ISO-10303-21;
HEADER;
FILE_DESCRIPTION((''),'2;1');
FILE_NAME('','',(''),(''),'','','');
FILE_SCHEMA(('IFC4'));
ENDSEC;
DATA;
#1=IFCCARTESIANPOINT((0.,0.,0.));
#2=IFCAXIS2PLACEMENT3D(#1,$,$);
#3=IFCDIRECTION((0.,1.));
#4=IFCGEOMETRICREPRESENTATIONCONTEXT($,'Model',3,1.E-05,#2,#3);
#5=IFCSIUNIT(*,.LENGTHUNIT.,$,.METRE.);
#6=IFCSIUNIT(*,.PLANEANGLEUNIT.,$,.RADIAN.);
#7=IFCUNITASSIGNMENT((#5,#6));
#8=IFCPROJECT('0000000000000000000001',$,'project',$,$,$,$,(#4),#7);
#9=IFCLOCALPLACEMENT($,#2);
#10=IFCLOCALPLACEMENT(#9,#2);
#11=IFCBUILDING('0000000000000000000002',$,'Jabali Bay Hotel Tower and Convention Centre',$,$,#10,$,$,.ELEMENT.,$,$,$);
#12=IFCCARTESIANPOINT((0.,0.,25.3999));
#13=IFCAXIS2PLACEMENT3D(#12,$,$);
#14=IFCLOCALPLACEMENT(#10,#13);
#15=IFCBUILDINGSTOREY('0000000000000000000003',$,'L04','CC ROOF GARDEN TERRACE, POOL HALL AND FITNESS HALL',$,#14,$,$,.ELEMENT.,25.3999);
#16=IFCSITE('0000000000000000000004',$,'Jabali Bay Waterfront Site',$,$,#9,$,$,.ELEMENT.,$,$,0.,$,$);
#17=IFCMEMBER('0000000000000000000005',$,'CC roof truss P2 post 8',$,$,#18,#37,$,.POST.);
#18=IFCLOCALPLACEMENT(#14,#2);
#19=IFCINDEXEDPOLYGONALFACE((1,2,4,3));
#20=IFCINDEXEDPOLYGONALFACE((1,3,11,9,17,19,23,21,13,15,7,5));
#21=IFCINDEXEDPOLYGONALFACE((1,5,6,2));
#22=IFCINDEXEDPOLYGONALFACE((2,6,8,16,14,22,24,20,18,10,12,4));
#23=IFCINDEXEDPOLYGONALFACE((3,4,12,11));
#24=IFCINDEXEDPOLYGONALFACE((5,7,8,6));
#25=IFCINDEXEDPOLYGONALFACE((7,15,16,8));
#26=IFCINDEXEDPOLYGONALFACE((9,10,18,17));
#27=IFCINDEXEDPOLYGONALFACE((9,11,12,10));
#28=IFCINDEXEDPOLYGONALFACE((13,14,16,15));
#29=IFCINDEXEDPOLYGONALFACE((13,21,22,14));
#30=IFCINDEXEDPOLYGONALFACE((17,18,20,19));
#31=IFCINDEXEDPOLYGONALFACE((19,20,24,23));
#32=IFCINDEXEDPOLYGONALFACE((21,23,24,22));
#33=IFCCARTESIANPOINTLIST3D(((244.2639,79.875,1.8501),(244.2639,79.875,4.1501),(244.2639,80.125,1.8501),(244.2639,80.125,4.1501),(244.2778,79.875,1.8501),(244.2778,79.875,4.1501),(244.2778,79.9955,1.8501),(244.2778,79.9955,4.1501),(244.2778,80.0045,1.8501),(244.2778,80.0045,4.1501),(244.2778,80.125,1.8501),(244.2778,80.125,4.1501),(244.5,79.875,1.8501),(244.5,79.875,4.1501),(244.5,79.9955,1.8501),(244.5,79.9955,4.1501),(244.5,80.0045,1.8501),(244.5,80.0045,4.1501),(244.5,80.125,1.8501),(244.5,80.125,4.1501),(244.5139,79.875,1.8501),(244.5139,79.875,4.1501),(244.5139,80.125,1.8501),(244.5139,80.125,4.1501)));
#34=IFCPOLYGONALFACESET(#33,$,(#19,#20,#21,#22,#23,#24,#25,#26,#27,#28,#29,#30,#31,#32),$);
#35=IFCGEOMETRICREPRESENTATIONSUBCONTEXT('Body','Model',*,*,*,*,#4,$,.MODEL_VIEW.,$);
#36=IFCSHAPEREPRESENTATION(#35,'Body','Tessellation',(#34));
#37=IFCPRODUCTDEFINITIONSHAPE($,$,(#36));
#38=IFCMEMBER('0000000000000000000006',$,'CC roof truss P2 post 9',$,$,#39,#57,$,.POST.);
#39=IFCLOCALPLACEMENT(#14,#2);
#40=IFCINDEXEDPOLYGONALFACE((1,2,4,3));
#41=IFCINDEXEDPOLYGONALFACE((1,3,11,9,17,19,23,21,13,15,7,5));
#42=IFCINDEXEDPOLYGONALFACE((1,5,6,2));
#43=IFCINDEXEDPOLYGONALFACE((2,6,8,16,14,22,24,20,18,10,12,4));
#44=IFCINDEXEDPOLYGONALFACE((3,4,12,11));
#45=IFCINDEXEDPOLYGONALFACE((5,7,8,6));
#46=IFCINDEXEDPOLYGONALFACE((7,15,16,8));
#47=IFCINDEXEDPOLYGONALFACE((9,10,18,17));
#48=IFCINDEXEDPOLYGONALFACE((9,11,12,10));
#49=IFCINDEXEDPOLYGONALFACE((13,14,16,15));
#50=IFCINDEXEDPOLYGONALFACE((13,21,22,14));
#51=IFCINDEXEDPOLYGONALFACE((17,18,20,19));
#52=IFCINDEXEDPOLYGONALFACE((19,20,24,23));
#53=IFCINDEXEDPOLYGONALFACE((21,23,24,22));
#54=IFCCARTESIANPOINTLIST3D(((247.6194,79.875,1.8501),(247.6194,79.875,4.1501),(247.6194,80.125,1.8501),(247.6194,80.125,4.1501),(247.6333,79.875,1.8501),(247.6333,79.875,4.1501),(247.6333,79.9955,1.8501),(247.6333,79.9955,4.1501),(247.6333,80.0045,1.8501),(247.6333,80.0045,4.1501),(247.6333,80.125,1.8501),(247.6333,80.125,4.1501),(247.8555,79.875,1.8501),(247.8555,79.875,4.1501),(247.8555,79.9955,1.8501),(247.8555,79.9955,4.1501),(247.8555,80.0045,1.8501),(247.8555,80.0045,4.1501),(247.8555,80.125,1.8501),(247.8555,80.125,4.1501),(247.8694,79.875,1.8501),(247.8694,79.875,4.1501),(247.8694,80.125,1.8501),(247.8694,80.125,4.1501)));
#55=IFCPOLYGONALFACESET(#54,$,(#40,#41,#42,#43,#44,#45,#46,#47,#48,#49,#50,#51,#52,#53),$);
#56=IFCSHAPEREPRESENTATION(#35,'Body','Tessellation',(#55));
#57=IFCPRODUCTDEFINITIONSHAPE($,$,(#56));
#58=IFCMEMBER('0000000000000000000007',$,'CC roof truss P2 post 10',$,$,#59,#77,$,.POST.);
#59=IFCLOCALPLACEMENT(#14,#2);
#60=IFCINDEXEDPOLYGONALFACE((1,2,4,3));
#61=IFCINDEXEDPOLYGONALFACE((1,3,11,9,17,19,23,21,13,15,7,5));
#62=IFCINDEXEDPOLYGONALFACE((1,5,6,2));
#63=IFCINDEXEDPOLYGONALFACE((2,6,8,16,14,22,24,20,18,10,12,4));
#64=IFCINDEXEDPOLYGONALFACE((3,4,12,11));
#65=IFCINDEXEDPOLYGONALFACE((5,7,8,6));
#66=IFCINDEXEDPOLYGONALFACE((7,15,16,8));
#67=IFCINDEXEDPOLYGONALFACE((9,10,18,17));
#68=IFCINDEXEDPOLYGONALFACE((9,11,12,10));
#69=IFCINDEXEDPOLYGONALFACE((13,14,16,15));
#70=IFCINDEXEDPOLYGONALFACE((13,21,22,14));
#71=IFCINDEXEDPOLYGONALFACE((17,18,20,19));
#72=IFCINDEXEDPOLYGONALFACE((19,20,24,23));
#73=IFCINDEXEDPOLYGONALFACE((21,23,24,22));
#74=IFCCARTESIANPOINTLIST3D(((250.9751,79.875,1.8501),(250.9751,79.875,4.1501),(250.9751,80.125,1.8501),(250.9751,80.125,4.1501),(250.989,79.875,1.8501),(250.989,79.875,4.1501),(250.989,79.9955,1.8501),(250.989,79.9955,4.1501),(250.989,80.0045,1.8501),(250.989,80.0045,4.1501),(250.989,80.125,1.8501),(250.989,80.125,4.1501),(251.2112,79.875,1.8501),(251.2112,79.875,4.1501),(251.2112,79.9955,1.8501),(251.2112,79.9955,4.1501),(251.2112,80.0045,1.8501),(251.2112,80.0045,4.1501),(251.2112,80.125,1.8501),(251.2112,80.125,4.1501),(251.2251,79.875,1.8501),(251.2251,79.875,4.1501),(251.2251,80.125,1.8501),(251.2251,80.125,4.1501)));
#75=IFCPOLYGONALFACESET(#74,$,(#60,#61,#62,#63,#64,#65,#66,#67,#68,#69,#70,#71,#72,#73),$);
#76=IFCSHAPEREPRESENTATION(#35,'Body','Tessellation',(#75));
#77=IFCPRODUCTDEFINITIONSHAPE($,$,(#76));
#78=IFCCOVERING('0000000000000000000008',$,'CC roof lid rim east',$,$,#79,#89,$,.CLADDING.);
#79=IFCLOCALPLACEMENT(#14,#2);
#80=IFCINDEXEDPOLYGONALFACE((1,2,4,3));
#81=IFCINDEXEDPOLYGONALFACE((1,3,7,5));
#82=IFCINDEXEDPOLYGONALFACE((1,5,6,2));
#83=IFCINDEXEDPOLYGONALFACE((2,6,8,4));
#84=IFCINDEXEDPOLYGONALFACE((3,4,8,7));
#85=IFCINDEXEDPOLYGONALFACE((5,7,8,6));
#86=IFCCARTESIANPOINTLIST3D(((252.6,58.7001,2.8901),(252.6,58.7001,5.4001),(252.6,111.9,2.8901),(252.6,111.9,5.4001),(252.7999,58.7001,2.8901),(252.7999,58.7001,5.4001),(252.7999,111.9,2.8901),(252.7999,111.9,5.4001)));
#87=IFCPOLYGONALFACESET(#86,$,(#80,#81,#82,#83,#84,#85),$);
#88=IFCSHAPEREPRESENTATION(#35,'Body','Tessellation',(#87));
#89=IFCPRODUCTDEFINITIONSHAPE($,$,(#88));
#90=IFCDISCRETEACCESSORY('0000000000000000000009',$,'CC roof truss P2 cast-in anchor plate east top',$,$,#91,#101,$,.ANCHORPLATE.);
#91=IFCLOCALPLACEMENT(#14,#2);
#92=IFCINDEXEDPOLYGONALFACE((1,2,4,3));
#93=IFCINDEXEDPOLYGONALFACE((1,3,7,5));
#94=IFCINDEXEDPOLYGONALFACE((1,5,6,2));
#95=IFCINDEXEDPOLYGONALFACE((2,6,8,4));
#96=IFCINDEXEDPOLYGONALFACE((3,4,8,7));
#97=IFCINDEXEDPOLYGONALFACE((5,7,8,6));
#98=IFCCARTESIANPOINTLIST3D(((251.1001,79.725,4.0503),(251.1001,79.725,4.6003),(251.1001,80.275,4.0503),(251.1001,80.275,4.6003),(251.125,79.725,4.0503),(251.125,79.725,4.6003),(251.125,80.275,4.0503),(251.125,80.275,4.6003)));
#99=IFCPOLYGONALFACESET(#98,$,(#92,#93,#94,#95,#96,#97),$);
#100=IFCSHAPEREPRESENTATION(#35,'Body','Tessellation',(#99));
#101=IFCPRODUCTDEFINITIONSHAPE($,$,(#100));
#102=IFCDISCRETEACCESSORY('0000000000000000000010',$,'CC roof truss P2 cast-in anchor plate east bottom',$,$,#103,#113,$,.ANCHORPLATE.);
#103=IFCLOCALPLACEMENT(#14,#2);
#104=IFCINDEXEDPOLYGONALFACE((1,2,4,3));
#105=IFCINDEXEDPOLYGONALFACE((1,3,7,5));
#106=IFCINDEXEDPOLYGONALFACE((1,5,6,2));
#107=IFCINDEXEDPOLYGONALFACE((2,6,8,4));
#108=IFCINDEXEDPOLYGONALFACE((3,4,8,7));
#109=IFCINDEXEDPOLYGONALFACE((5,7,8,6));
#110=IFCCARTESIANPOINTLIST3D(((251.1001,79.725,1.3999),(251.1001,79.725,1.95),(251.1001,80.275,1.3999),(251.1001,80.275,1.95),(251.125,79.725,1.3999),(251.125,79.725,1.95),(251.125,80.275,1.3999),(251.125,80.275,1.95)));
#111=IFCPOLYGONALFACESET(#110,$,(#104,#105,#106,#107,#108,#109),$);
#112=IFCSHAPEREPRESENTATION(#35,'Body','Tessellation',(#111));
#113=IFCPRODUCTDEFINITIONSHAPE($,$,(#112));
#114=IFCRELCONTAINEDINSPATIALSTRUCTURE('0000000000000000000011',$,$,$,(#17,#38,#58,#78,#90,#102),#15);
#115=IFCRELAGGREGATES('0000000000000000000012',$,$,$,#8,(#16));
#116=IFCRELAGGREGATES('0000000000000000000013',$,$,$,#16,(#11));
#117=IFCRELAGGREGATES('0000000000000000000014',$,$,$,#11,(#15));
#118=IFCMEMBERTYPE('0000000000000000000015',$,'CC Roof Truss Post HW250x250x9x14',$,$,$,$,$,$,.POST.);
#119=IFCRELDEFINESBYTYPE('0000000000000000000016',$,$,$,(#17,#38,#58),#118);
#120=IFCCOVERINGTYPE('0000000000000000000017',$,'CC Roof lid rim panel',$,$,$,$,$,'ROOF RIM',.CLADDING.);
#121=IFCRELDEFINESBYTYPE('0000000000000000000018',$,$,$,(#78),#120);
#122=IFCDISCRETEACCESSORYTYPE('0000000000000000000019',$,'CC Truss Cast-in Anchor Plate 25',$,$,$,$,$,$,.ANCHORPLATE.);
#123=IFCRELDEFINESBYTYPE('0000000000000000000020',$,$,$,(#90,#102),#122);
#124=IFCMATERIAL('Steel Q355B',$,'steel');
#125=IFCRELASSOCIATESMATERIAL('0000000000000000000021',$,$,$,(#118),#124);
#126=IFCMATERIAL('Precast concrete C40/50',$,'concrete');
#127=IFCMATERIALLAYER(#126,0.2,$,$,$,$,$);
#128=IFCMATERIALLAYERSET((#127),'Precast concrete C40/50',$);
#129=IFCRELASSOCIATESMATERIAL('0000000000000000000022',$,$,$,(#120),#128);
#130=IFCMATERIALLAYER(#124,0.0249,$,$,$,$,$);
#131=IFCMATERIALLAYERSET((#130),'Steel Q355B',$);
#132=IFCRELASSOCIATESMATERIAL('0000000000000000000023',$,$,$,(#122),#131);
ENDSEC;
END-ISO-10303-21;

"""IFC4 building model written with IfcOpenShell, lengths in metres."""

from ifc_helpers import new_model, si_unit, direction, frame, origin, origin_2d, place, context, subcontext, project, spatial, rectangle, i_section, extrude, material, layer, layer_set, material_profile, profile_set, type_object, element, save


model = new_model("IFC4")

# Units and contexts
model_context = context("Model", 3, precision=1e-05, world=origin(), true_north=direction((0.0, 1.0)))
body_context = subcontext(model_context, "Body", "Model", "MODEL_VIEW")
ifc_project = project(units=[si_unit("LENGTHUNIT", "METRE"), si_unit("PLANEANGLEUNIT", "RADIAN")], contexts=[model_context])

# Site, building, storey
site_placement = place(None, origin())
site = spatial("IfcSite", under=ifc_project, at=site_placement, Name="Jabali Bay Waterfront Site", CompositionType="ELEMENT", RefElevation=0.0)
building_placement = place(site_placement, origin())
building = spatial("IfcBuilding", under=site, at=building_placement, Name="Jabali Bay Hotel Tower and Convention Centre", CompositionType="ELEMENT")
storey_placement = place(building_placement, frame((0.0, 0.0, 25.3999)))
storey = spatial("IfcBuildingStorey", under=building, at=storey_placement, Name="L04", Description="CC ROOF GARDEN TERRACE, POOL HALL AND FITNESS HALL", CompositionType="ELEMENT", Elevation=25.3999)

# Members
ifc_material_1 = material(Name="Steel Q355B", Category="steel")
ifc_material_profile_1 = material_profile(ifc_material_1, i_section(OverallWidth=0.25, OverallDepth=0.25, WebThickness=0.009, FlangeThickness=0.0139, at=origin_2d()), Name="HW250x250x9x14")
ifc_profile_set_1 = profile_set([ifc_material_profile_1], Name="Steel Q355B")
member_type_1 = type_object("IfcMemberType", Name="CC Roof Truss Post HW250x250x9x14", PredefinedType="POST", material=ifc_profile_set_1)
for number, where, z_axis, x_axis, name in (
    (1, (244.3889, 80.0, 1.8501), (0.0, 0.0, 1.0), (0.0, 1.0, 0.0), "CC roof truss P2 post 8"),
    (2, (247.7444, 80.0, 1.8501), (0.0, 0.0, 1.0), (0.0, 1.0, 0.0), "CC roof truss P2 post 9"),
    (3, (251.1001, 80.0, 1.8501), (0.0, 0.0, 1.0), (0.0, 1.0, 0.0), "CC roof truss P2 post 10"),
):
    element("IfcMember", number, at=place(storey_placement, frame(where, z_axis=z_axis, x_axis=x_axis)), inside=storey, type_object=member_type_1, Name=name, PredefinedType="POST", context=body_context, shape_type="SweptSolid", body=[
        extrude(i_section(OverallWidth=0.25, OverallDepth=0.25, WebThickness=0.009, FlangeThickness=0.0139, at=origin_2d()), origin(), (0.0, 0.0, 1.0), 2.3),
    ])

# Covering
ifc_material_2 = material(Name="Precast concrete C40/50", Category="concrete")
ifc_layer_1 = layer(ifc_material_2, 0.2)
ifc_layer_set_1 = layer_set([ifc_layer_1], Name="Precast concrete C40/50")
covering_type = type_object("IfcCoveringType", Name="CC Roof lid rim panel", ElementType="ROOF RIM", PredefinedType="CLADDING", material=ifc_layer_set_1)
covering_placement = place(storey_placement, frame((252.7, 85.3, 2.8901), z_axis=(0.0, 0.0, 1.0), x_axis=(1.0, 0.0, 0.0)))
element("IfcCovering", 4, at=covering_placement, inside=storey, type_object=covering_type, Name="CC roof lid rim east", PredefinedType="CLADDING", context=body_context, shape_type="SweptSolid", body=[
    extrude(rectangle(XDim=0.2, YDim=53.2, at=origin_2d()), origin(), (0.0, 0.0, 1.0), 2.51),
])

# Discrete accessories
ifc_layer_2 = layer(ifc_material_1, 0.0249)
ifc_layer_set_2 = layer_set([ifc_layer_2], Name="Steel Q355B")
discrete_accessory_type = type_object("IfcDiscreteAccessoryType", Name="CC Truss Cast-in Anchor Plate 25", PredefinedType="ANCHORPLATE", material=ifc_layer_set_2)
for number, where, z_axis, x_axis, name in (
    (5, (251.1125, 80.0, 4.0503), (0.0, 0.0, 1.0), (1.0, 0.0, 0.0), "CC roof truss P2 cast-in anchor plate east top"),
    (6, (251.1125, 80.0, 1.3999), (0.0, 0.0, 1.0), (1.0, 0.0, 0.0), "CC roof truss P2 cast-in anchor plate east bottom"),
):
    element("IfcDiscreteAccessory", number, at=place(storey_placement, frame(where, z_axis=z_axis, x_axis=x_axis)), inside=storey, type_object=discrete_accessory_type, Name=name, PredefinedType="ANCHORPLATE", context=body_context, shape_type="SweptSolid", body=[
        extrude(rectangle(XDim=0.0249, YDim=0.55, at=origin_2d()), origin(), (0.0, 0.0, 1.0), 0.55),
    ])

save(model, "model.ifc")
